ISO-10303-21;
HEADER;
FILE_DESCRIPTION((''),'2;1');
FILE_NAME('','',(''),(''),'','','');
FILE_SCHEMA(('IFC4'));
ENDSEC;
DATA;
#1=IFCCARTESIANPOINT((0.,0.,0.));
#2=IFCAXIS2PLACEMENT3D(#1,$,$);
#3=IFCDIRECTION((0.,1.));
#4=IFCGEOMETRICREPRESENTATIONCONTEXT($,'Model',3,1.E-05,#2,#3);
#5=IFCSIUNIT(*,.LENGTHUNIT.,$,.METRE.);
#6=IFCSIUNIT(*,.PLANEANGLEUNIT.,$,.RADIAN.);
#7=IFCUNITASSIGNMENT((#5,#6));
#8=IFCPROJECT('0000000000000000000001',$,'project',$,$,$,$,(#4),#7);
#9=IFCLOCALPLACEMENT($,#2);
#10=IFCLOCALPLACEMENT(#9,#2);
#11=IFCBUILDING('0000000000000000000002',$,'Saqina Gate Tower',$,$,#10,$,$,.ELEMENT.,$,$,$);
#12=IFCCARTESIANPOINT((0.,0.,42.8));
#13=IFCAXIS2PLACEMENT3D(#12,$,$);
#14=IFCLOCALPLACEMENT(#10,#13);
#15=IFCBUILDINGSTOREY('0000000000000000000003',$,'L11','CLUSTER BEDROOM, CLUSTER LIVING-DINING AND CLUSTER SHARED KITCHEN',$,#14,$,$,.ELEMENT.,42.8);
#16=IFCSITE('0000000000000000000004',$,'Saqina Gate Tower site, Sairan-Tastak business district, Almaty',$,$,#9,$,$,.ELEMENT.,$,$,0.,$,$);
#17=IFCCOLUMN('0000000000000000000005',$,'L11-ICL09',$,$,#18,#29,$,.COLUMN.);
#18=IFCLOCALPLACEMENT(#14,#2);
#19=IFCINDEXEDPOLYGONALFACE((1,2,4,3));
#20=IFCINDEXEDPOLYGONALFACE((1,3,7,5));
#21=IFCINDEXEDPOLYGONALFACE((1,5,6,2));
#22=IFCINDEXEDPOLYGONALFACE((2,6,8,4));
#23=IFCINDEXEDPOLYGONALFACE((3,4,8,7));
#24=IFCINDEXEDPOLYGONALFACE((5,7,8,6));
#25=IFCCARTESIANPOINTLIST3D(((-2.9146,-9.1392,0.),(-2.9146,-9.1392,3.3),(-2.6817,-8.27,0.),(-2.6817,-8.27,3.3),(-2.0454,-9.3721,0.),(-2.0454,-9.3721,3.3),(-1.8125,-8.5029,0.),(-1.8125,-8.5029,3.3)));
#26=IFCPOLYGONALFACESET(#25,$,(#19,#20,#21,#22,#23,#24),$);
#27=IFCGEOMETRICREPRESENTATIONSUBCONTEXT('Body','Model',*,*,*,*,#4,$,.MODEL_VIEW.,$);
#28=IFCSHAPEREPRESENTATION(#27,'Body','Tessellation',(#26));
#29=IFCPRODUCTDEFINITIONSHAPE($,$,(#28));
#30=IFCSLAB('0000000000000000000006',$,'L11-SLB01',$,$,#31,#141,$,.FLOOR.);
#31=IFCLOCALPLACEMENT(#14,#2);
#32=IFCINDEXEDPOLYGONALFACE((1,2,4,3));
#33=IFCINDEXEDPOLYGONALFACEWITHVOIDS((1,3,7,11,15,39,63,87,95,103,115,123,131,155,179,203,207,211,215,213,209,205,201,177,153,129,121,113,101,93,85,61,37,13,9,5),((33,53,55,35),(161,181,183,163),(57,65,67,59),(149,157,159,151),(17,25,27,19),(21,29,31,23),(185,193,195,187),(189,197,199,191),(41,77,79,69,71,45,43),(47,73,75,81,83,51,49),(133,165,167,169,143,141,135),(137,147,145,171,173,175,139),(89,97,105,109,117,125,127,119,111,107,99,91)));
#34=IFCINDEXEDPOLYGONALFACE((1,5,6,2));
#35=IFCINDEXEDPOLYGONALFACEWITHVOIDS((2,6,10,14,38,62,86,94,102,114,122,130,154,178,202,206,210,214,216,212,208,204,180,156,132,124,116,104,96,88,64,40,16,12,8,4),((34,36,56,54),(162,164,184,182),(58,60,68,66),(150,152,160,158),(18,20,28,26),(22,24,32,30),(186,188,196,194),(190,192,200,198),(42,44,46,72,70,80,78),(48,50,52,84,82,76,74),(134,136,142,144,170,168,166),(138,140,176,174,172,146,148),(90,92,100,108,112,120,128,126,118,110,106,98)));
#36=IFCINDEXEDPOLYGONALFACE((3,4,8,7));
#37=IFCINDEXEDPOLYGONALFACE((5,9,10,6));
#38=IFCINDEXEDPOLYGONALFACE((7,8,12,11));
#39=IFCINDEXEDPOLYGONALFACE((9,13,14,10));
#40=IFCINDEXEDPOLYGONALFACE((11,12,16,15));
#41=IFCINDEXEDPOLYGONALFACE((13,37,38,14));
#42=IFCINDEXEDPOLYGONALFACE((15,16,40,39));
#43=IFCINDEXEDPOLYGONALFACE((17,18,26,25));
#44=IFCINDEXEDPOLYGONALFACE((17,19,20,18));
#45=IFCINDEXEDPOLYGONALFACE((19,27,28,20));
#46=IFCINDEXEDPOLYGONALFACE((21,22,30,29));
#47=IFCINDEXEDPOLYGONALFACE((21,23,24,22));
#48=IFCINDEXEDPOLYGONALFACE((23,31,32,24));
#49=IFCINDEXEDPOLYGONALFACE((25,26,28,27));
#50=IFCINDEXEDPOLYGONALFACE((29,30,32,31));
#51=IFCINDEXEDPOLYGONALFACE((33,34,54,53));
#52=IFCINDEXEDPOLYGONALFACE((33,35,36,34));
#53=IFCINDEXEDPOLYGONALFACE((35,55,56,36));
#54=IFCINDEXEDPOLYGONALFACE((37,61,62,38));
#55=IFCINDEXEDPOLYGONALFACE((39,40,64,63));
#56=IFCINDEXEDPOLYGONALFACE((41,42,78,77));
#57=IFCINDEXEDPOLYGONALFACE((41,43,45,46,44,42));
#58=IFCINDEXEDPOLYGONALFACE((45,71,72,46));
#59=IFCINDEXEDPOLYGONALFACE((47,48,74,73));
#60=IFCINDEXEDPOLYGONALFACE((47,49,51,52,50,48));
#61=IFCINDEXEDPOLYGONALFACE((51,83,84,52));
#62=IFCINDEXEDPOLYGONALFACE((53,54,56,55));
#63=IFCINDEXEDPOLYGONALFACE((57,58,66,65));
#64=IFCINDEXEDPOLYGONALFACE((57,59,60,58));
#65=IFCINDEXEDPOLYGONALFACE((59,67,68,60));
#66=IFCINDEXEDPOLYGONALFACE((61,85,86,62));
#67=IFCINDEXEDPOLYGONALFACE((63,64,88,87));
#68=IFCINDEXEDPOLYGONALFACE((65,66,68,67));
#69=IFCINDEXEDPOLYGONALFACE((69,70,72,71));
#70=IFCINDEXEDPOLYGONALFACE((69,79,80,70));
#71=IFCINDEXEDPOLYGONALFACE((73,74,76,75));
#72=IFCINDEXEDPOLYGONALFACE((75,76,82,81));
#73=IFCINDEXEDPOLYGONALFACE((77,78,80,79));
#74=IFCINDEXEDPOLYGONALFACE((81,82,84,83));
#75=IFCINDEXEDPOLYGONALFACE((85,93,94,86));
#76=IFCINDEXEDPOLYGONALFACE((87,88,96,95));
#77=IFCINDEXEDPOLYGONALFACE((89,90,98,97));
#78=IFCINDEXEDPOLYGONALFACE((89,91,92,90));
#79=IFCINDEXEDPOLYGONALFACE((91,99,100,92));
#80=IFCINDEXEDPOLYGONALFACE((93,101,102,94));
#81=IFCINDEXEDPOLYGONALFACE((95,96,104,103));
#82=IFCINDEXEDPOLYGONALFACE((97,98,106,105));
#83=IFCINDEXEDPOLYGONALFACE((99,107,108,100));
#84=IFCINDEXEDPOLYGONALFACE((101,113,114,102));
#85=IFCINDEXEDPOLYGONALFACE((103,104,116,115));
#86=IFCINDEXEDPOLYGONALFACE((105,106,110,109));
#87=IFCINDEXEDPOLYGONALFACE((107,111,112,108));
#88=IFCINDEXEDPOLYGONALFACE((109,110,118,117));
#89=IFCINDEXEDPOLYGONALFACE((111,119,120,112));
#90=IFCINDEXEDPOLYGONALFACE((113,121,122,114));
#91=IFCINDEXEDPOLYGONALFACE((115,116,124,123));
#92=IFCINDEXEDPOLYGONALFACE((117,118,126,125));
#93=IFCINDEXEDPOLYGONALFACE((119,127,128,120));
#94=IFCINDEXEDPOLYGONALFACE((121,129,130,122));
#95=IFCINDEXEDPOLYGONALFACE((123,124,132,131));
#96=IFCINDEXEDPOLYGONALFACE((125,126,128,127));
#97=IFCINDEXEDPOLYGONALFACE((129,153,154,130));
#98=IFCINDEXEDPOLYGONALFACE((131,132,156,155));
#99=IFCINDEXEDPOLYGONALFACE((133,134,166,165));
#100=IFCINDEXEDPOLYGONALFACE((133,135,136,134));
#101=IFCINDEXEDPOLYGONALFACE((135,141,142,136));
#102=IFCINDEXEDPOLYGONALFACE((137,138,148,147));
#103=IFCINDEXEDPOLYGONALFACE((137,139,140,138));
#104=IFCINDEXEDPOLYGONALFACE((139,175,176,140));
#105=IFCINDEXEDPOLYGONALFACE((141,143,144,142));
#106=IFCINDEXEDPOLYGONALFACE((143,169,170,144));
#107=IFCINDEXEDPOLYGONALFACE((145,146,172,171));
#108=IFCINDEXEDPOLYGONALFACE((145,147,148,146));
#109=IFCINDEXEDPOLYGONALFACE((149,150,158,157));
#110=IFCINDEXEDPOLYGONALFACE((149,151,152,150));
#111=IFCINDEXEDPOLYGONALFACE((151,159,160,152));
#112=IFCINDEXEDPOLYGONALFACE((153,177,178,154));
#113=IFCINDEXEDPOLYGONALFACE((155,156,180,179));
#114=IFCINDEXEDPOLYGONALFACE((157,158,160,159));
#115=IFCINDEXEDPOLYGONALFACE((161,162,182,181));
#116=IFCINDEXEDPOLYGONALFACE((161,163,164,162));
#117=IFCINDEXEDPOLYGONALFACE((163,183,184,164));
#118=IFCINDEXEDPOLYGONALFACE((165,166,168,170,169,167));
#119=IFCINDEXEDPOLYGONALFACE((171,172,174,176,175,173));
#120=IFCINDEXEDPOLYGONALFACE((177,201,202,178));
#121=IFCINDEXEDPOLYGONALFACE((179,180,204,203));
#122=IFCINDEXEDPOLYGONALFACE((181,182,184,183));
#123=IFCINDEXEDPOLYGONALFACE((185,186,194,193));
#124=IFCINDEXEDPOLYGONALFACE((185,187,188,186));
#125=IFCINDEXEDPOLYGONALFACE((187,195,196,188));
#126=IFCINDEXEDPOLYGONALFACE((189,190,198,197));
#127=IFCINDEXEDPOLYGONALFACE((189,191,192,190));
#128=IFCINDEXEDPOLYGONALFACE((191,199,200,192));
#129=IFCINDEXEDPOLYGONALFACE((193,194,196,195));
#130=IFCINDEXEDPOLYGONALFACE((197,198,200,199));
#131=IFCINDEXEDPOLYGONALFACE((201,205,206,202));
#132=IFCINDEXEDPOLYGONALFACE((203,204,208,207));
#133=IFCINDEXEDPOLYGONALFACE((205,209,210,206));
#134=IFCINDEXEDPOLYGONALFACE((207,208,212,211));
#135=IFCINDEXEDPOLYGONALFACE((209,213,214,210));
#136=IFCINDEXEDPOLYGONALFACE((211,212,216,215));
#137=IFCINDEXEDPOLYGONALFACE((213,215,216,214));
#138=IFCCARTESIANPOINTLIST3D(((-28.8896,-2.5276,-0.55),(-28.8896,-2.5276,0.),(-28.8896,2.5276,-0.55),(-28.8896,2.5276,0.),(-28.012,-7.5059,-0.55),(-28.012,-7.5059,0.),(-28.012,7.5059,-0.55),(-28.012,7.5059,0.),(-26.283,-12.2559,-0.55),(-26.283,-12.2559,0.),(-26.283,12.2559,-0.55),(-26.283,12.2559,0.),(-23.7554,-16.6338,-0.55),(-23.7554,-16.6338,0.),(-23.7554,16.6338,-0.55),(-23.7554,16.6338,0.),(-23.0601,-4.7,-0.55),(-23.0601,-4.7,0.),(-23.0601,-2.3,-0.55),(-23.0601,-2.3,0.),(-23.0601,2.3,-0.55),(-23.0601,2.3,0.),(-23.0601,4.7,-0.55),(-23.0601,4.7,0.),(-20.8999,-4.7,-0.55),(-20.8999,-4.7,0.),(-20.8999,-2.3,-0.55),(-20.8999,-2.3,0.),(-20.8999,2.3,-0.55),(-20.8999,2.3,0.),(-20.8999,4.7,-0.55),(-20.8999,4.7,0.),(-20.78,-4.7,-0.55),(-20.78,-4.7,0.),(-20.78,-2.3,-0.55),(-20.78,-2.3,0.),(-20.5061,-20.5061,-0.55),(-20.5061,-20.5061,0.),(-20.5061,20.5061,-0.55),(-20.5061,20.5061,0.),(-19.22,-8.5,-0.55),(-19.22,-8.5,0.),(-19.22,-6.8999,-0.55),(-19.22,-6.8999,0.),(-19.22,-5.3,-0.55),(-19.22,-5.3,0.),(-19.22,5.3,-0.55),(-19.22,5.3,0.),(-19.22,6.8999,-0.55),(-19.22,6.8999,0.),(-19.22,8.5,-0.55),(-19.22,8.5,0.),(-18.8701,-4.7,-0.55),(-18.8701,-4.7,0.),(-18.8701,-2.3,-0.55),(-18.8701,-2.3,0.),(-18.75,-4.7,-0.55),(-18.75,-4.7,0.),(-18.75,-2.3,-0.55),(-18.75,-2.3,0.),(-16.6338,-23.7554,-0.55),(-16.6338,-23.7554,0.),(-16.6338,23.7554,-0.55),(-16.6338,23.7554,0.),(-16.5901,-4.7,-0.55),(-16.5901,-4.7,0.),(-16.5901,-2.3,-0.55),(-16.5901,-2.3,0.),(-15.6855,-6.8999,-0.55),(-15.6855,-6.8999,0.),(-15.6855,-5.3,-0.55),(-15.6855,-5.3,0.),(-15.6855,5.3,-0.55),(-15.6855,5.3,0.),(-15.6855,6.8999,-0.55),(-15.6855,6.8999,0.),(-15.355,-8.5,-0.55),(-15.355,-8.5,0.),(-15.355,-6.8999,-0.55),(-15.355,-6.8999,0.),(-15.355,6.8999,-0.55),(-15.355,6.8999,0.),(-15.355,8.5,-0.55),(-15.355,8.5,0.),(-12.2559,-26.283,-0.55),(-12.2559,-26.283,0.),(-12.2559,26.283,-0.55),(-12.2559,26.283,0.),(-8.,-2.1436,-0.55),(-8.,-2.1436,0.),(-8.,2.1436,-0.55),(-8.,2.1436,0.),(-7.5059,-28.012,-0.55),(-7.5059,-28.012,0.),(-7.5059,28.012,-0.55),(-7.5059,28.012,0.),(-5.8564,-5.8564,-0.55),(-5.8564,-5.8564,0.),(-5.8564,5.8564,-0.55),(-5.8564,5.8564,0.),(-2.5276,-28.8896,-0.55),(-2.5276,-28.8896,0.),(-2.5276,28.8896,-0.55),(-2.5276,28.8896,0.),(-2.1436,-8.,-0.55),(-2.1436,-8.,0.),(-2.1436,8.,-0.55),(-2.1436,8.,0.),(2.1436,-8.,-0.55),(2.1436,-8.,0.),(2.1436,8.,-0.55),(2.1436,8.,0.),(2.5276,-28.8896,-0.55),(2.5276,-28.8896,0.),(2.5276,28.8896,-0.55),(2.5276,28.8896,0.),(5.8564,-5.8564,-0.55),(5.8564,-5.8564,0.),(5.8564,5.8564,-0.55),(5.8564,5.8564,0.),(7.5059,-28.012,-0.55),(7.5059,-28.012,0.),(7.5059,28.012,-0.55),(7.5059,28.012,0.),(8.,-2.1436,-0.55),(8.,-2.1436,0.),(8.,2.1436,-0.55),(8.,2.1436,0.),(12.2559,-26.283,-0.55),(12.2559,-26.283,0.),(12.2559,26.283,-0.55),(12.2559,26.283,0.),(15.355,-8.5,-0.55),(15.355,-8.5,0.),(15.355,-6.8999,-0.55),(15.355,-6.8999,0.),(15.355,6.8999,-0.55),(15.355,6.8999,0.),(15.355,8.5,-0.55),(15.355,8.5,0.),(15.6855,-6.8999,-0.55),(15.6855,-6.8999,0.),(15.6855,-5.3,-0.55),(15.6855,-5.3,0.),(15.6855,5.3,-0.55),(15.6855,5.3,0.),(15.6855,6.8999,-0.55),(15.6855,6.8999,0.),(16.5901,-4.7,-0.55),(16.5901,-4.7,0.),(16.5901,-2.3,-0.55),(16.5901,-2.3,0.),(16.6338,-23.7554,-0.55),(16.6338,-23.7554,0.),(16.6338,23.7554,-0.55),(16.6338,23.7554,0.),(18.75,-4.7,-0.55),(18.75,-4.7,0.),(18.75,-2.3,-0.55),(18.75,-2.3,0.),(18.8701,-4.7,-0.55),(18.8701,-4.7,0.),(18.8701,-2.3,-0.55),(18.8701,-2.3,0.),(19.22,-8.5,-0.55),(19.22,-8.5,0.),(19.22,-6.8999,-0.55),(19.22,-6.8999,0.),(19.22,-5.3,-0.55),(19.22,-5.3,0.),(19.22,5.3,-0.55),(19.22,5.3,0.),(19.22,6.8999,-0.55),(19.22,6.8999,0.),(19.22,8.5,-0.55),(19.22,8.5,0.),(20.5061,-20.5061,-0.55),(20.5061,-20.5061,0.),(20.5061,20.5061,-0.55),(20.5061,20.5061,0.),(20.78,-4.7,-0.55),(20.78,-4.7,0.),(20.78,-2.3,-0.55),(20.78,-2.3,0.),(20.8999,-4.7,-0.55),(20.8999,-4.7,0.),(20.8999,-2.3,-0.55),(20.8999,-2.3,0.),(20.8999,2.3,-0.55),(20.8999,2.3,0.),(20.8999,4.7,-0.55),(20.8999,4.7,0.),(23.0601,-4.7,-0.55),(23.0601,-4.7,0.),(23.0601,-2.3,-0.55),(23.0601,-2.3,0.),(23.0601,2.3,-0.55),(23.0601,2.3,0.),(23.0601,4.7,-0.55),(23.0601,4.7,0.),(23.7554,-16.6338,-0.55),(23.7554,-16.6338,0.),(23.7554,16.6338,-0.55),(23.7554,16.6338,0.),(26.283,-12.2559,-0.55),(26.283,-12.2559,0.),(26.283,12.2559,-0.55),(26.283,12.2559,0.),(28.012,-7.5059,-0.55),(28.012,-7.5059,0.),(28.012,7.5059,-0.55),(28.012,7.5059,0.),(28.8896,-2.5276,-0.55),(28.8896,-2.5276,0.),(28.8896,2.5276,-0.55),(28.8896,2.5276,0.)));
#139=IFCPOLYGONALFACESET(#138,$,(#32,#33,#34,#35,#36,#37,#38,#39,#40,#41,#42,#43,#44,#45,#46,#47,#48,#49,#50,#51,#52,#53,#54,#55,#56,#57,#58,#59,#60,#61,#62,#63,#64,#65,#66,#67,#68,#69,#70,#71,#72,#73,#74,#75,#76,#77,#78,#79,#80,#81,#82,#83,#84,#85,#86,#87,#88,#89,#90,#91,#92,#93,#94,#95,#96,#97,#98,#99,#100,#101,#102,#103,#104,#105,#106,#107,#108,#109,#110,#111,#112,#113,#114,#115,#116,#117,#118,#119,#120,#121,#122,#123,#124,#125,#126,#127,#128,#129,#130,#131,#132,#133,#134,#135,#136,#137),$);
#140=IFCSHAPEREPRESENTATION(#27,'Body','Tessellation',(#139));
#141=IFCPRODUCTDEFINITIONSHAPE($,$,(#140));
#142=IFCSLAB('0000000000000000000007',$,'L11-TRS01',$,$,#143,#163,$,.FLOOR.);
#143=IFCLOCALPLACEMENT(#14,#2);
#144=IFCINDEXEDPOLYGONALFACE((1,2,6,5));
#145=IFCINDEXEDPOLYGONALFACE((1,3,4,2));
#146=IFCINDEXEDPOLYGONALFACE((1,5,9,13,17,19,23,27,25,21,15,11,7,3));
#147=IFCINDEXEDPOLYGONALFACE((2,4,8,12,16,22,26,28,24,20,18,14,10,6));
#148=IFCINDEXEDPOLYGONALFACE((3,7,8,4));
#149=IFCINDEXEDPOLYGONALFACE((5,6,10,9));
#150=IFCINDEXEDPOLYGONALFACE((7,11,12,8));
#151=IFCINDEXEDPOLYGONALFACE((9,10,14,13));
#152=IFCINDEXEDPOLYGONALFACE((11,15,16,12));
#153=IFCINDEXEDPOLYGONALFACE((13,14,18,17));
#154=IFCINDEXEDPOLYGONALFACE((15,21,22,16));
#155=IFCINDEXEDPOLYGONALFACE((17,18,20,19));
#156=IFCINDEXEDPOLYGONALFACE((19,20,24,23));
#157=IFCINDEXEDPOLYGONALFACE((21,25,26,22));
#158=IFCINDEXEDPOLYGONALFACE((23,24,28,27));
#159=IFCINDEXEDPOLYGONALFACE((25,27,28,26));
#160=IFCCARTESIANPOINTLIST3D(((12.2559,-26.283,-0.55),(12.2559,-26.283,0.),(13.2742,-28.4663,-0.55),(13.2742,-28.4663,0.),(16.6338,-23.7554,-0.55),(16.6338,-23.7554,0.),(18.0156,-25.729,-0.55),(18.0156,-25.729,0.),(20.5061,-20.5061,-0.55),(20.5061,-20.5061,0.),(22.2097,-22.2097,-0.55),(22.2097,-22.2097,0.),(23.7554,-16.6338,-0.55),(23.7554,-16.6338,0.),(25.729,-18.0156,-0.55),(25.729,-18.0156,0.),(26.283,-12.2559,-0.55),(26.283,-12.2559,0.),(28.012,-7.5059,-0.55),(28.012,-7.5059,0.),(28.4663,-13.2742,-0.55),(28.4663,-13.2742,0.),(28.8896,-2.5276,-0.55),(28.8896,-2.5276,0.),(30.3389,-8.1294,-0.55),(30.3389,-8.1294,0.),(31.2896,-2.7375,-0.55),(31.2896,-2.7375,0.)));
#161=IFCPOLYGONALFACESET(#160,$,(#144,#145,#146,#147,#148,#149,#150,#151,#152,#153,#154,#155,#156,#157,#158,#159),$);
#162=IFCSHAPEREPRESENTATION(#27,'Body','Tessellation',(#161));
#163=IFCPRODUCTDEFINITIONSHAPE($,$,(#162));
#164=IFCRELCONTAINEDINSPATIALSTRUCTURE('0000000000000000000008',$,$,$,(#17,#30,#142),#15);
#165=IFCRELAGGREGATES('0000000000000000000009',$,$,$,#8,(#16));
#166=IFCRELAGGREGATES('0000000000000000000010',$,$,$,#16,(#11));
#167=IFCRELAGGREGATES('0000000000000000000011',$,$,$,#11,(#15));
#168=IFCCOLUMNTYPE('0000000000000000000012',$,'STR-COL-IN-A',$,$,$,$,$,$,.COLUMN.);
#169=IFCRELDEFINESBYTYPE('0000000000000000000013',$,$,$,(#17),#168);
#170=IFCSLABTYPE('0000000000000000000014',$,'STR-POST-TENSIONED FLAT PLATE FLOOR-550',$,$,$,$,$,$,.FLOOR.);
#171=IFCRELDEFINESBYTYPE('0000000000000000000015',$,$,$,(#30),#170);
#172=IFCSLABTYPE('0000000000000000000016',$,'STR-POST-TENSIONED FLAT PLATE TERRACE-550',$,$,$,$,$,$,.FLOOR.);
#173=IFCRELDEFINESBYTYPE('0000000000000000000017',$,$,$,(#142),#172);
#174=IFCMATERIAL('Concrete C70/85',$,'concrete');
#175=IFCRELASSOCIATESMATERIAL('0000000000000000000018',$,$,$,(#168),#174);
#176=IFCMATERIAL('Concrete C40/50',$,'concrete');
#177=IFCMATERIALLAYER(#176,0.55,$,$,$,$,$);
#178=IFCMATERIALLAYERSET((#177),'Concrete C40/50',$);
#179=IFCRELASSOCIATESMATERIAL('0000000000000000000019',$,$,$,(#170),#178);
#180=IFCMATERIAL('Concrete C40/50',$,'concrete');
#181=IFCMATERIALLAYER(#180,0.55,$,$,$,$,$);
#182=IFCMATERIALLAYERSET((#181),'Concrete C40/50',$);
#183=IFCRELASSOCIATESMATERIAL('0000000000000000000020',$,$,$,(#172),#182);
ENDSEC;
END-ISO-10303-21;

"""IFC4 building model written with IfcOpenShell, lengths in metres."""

from ifc_helpers import new_model, si_unit, direction, frame, origin, origin_2d, place, context, subcontext, project, spatial, polyline, rectangle, outline, extrude, material, layer, layer_set, material_profile, profile_set, type_object, element, save


model = new_model("IFC4")

# Units and contexts
model_context = context("Model", 3, precision=1e-05, world=origin(), true_north=direction((0.0, 1.0)))
body_context = subcontext(model_context, "Body", "Model", "MODEL_VIEW")
ifc_project = project(units=[si_unit("LENGTHUNIT", "METRE"), si_unit("PLANEANGLEUNIT", "RADIAN")], contexts=[model_context])

# Site, building, storey
site_placement = place(None, origin())
site = spatial("IfcSite", under=ifc_project, at=site_placement, Name="Saqina Gate Tower site, Sairan-Tastak business district, Almaty", CompositionType="ELEMENT", RefElevation=0.0)
building_placement = place(site_placement, origin())
building = spatial("IfcBuilding", under=site, at=building_placement, Name="Saqina Gate Tower", CompositionType="ELEMENT")
storey_placement = place(building_placement, frame((0.0, 0.0, 42.8)))
storey = spatial("IfcBuildingStorey", under=building, at=storey_placement, Name="L11", Description="CLUSTER BEDROOM, CLUSTER LIVING-DINING AND CLUSTER SHARED KITCHEN", CompositionType="ELEMENT", Elevation=42.8)

# Column
ifc_material_1 = material(Name="Concrete C70/85", Category="concrete")
ifc_material_profile = material_profile(ifc_material_1, rectangle(XDim=0.8999, YDim=0.8999, at=origin_2d()), Name="RC 900x900")
ifc_profile_set = profile_set([ifc_material_profile], Name="Concrete C70/85")
column_type = type_object("IfcColumnType", Name="STR-COL-IN-A", PredefinedType="COLUMN", material=ifc_profile_set)
column_placement = place(storey_placement, frame((-2.3635, -8.821, 0.0), z_axis=(0.0, 0.0, 1.0), x_axis=(-0.258819, -0.965926, 0.0)))
element("IfcColumn", 1, at=column_placement, inside=storey, type_object=column_type, Name="L11-ICL09", PredefinedType="COLUMN", context=body_context, shape_type="SweptSolid", body=[
    extrude(rectangle(XDim=0.8999, YDim=0.8999, at=origin_2d()), origin(), (0.0, 0.0, 1.0), 3.3),
])

# Slabs
ifc_material_2 = material(Name="Concrete C40/50", Category="concrete")
ifc_layer_1 = layer(ifc_material_2, 0.55)
ifc_layer_set_1 = layer_set([ifc_layer_1], Name="Concrete C40/50")
slab_type_1 = type_object("IfcSlabType", Name="STR-POST-TENSIONED FLAT PLATE FLOOR-550", PredefinedType="FLOOR", material=ifc_layer_set_1)
slab_1_placement = place(storey_placement, frame((0.0, 0.0, -0.55)))
element("IfcSlab", 2, at=slab_1_placement, inside=storey, type_object=slab_type_1, Name="L11-SLB01", PredefinedType="FLOOR", context=body_context, shape_type="SweptSolid", body=[
    extrude(outline(polyline([(28.012, -7.5059), (28.8896, -2.5276), (28.8896, 2.5276), (28.012, 7.5059), (26.283, 12.2559), (23.7554, 16.6338), (20.5061, 20.5061), (16.6338, 23.7554), (12.2559, 26.283), (7.5059, 28.012), (2.5276, 28.8896), (-2.5276, 28.8896), (-7.5059, 28.012), (-12.2559, 26.283), (-16.6338, 23.7554), (-20.5061, 20.5061), (-23.7554, 16.6338), (-26.283, 12.2559), (-28.012, 7.5059), (-28.8896, 2.5276), (-28.8896, -2.5276), (-28.012, -7.5059), (-26.283, -12.2559), (-23.7554, -16.6338), (-20.5061, -20.5061), (-16.6338, -23.7554), (-12.2559, -26.283), (-7.5059, -28.012), (-2.5276, -28.8896), (2.5276, -28.8896), (7.5059, -28.012), (12.2559, -26.283), (16.6338, -23.7554), (20.5061, -20.5061), (23.7554, -16.6338), (26.283, -12.2559), (28.012, -7.5059)]), holes=[polyline([(2.1436, 8.0), (5.8564, 5.8564), (8.0, 2.1436), (8.0, -2.1436), (5.8564, -5.8564), (2.1436, -8.0), (-2.1436, -8.0), (-5.8564, -5.8564), (-8.0, -2.1436), (-8.0, 2.1436), (-5.8564, 5.8564), (-2.1436, 8.0), (2.1436, 8.0)]), polyline([(-19.22, -8.5), (-19.22, -6.8999), (-19.22, -5.3), (-15.6855, -5.3), (-15.6855, -6.8999), (-15.355, -6.8999), (-15.355, -8.5), (-19.22, -8.5)]), polyline([(-20.8999, -2.3), (-20.8999, -4.7), (-23.0601, -4.7), (-23.0601, -2.3), (-20.8999, -2.3)]), polyline([(-18.8701, -2.3), (-18.8701, -4.7), (-20.78, -4.7), (-20.78, -2.3), (-18.8701, -2.3)]), polyline([(-16.5901, -2.3), (-16.5901, -4.7), (-18.75, -4.7), (-18.75, -2.3), (-16.5901, -2.3)]), polyline([(-20.8999, 4.7), (-20.8999, 2.3), (-23.0601, 2.3), (-23.0601, 4.7), (-20.8999, 4.7)]), polyline([(-19.22, 6.8999), (-19.22, 8.5), (-15.355, 8.5), (-15.355, 6.8999), (-15.6855, 6.8999), (-15.6855, 5.3), (-19.22, 5.3), (-19.22, 6.8999)]), polyline([(15.355, -6.8999), (15.6855, -6.8999), (15.6855, -5.3), (19.22, -5.3), (19.22, -6.8999), (19.22, -8.5), (15.355, -8.5), (15.355, -6.8999)]), polyline([(18.75, -2.3), (18.75, -4.7), (16.5901, -4.7), (16.5901, -2.3), (18.75, -2.3)]), polyline([(20.78, -2.3), (20.78, -4.7), (18.8701, -4.7), (18.8701, -2.3), (20.78, -2.3)]), polyline([(23.0601, -2.3), (23.0601, -4.7), (20.8999, -4.7), (20.8999, -2.3), (23.0601, -2.3)]), polyline([(23.0601, 4.7), (23.0601, 2.3), (20.8999, 2.3), (20.8999, 4.7), (23.0601, 4.7)]), polyline([(15.6855, 6.8999), (15.355, 6.8999), (15.355, 8.5), (19.22, 8.5), (19.22, 6.8999), (19.22, 5.3), (15.6855, 5.3), (15.6855, 6.8999)])]), origin(), (0.0, 0.0, 1.0), 0.55),
])
ifc_material_3 = material(Name="Concrete C40/50", Category="concrete")
ifc_layer_2 = layer(ifc_material_3, 0.55)
ifc_layer_set_2 = layer_set([ifc_layer_2], Name="Concrete C40/50")
slab_type_2 = type_object("IfcSlabType", Name="STR-POST-TENSIONED FLAT PLATE TERRACE-550", PredefinedType="FLOOR", material=ifc_layer_set_2)
slab_2_placement = place(storey_placement, frame((0.0, 0.0, -0.55)))
element("IfcSlab", 3, at=slab_2_placement, inside=storey, type_object=slab_type_2, Name="L11-TRS01", PredefinedType="FLOOR", context=body_context, shape_type="SweptSolid", body=[
    extrude(outline(polyline([(12.2559, -26.283), (16.6338, -23.7554), (20.5061, -20.5061), (23.7554, -16.6338), (26.283, -12.2559), (28.012, -7.5059), (28.8896, -2.5276), (31.2896, -2.7375), (30.3389, -8.1294), (28.4663, -13.2742), (25.729, -18.0156), (22.2097, -22.2097), (18.0156, -25.729), (13.2742, -28.4663), (12.2559, -26.283)])), origin(), (0.0, 0.0, 1.0), 0.55),
])

save(model, "model.ifc")
